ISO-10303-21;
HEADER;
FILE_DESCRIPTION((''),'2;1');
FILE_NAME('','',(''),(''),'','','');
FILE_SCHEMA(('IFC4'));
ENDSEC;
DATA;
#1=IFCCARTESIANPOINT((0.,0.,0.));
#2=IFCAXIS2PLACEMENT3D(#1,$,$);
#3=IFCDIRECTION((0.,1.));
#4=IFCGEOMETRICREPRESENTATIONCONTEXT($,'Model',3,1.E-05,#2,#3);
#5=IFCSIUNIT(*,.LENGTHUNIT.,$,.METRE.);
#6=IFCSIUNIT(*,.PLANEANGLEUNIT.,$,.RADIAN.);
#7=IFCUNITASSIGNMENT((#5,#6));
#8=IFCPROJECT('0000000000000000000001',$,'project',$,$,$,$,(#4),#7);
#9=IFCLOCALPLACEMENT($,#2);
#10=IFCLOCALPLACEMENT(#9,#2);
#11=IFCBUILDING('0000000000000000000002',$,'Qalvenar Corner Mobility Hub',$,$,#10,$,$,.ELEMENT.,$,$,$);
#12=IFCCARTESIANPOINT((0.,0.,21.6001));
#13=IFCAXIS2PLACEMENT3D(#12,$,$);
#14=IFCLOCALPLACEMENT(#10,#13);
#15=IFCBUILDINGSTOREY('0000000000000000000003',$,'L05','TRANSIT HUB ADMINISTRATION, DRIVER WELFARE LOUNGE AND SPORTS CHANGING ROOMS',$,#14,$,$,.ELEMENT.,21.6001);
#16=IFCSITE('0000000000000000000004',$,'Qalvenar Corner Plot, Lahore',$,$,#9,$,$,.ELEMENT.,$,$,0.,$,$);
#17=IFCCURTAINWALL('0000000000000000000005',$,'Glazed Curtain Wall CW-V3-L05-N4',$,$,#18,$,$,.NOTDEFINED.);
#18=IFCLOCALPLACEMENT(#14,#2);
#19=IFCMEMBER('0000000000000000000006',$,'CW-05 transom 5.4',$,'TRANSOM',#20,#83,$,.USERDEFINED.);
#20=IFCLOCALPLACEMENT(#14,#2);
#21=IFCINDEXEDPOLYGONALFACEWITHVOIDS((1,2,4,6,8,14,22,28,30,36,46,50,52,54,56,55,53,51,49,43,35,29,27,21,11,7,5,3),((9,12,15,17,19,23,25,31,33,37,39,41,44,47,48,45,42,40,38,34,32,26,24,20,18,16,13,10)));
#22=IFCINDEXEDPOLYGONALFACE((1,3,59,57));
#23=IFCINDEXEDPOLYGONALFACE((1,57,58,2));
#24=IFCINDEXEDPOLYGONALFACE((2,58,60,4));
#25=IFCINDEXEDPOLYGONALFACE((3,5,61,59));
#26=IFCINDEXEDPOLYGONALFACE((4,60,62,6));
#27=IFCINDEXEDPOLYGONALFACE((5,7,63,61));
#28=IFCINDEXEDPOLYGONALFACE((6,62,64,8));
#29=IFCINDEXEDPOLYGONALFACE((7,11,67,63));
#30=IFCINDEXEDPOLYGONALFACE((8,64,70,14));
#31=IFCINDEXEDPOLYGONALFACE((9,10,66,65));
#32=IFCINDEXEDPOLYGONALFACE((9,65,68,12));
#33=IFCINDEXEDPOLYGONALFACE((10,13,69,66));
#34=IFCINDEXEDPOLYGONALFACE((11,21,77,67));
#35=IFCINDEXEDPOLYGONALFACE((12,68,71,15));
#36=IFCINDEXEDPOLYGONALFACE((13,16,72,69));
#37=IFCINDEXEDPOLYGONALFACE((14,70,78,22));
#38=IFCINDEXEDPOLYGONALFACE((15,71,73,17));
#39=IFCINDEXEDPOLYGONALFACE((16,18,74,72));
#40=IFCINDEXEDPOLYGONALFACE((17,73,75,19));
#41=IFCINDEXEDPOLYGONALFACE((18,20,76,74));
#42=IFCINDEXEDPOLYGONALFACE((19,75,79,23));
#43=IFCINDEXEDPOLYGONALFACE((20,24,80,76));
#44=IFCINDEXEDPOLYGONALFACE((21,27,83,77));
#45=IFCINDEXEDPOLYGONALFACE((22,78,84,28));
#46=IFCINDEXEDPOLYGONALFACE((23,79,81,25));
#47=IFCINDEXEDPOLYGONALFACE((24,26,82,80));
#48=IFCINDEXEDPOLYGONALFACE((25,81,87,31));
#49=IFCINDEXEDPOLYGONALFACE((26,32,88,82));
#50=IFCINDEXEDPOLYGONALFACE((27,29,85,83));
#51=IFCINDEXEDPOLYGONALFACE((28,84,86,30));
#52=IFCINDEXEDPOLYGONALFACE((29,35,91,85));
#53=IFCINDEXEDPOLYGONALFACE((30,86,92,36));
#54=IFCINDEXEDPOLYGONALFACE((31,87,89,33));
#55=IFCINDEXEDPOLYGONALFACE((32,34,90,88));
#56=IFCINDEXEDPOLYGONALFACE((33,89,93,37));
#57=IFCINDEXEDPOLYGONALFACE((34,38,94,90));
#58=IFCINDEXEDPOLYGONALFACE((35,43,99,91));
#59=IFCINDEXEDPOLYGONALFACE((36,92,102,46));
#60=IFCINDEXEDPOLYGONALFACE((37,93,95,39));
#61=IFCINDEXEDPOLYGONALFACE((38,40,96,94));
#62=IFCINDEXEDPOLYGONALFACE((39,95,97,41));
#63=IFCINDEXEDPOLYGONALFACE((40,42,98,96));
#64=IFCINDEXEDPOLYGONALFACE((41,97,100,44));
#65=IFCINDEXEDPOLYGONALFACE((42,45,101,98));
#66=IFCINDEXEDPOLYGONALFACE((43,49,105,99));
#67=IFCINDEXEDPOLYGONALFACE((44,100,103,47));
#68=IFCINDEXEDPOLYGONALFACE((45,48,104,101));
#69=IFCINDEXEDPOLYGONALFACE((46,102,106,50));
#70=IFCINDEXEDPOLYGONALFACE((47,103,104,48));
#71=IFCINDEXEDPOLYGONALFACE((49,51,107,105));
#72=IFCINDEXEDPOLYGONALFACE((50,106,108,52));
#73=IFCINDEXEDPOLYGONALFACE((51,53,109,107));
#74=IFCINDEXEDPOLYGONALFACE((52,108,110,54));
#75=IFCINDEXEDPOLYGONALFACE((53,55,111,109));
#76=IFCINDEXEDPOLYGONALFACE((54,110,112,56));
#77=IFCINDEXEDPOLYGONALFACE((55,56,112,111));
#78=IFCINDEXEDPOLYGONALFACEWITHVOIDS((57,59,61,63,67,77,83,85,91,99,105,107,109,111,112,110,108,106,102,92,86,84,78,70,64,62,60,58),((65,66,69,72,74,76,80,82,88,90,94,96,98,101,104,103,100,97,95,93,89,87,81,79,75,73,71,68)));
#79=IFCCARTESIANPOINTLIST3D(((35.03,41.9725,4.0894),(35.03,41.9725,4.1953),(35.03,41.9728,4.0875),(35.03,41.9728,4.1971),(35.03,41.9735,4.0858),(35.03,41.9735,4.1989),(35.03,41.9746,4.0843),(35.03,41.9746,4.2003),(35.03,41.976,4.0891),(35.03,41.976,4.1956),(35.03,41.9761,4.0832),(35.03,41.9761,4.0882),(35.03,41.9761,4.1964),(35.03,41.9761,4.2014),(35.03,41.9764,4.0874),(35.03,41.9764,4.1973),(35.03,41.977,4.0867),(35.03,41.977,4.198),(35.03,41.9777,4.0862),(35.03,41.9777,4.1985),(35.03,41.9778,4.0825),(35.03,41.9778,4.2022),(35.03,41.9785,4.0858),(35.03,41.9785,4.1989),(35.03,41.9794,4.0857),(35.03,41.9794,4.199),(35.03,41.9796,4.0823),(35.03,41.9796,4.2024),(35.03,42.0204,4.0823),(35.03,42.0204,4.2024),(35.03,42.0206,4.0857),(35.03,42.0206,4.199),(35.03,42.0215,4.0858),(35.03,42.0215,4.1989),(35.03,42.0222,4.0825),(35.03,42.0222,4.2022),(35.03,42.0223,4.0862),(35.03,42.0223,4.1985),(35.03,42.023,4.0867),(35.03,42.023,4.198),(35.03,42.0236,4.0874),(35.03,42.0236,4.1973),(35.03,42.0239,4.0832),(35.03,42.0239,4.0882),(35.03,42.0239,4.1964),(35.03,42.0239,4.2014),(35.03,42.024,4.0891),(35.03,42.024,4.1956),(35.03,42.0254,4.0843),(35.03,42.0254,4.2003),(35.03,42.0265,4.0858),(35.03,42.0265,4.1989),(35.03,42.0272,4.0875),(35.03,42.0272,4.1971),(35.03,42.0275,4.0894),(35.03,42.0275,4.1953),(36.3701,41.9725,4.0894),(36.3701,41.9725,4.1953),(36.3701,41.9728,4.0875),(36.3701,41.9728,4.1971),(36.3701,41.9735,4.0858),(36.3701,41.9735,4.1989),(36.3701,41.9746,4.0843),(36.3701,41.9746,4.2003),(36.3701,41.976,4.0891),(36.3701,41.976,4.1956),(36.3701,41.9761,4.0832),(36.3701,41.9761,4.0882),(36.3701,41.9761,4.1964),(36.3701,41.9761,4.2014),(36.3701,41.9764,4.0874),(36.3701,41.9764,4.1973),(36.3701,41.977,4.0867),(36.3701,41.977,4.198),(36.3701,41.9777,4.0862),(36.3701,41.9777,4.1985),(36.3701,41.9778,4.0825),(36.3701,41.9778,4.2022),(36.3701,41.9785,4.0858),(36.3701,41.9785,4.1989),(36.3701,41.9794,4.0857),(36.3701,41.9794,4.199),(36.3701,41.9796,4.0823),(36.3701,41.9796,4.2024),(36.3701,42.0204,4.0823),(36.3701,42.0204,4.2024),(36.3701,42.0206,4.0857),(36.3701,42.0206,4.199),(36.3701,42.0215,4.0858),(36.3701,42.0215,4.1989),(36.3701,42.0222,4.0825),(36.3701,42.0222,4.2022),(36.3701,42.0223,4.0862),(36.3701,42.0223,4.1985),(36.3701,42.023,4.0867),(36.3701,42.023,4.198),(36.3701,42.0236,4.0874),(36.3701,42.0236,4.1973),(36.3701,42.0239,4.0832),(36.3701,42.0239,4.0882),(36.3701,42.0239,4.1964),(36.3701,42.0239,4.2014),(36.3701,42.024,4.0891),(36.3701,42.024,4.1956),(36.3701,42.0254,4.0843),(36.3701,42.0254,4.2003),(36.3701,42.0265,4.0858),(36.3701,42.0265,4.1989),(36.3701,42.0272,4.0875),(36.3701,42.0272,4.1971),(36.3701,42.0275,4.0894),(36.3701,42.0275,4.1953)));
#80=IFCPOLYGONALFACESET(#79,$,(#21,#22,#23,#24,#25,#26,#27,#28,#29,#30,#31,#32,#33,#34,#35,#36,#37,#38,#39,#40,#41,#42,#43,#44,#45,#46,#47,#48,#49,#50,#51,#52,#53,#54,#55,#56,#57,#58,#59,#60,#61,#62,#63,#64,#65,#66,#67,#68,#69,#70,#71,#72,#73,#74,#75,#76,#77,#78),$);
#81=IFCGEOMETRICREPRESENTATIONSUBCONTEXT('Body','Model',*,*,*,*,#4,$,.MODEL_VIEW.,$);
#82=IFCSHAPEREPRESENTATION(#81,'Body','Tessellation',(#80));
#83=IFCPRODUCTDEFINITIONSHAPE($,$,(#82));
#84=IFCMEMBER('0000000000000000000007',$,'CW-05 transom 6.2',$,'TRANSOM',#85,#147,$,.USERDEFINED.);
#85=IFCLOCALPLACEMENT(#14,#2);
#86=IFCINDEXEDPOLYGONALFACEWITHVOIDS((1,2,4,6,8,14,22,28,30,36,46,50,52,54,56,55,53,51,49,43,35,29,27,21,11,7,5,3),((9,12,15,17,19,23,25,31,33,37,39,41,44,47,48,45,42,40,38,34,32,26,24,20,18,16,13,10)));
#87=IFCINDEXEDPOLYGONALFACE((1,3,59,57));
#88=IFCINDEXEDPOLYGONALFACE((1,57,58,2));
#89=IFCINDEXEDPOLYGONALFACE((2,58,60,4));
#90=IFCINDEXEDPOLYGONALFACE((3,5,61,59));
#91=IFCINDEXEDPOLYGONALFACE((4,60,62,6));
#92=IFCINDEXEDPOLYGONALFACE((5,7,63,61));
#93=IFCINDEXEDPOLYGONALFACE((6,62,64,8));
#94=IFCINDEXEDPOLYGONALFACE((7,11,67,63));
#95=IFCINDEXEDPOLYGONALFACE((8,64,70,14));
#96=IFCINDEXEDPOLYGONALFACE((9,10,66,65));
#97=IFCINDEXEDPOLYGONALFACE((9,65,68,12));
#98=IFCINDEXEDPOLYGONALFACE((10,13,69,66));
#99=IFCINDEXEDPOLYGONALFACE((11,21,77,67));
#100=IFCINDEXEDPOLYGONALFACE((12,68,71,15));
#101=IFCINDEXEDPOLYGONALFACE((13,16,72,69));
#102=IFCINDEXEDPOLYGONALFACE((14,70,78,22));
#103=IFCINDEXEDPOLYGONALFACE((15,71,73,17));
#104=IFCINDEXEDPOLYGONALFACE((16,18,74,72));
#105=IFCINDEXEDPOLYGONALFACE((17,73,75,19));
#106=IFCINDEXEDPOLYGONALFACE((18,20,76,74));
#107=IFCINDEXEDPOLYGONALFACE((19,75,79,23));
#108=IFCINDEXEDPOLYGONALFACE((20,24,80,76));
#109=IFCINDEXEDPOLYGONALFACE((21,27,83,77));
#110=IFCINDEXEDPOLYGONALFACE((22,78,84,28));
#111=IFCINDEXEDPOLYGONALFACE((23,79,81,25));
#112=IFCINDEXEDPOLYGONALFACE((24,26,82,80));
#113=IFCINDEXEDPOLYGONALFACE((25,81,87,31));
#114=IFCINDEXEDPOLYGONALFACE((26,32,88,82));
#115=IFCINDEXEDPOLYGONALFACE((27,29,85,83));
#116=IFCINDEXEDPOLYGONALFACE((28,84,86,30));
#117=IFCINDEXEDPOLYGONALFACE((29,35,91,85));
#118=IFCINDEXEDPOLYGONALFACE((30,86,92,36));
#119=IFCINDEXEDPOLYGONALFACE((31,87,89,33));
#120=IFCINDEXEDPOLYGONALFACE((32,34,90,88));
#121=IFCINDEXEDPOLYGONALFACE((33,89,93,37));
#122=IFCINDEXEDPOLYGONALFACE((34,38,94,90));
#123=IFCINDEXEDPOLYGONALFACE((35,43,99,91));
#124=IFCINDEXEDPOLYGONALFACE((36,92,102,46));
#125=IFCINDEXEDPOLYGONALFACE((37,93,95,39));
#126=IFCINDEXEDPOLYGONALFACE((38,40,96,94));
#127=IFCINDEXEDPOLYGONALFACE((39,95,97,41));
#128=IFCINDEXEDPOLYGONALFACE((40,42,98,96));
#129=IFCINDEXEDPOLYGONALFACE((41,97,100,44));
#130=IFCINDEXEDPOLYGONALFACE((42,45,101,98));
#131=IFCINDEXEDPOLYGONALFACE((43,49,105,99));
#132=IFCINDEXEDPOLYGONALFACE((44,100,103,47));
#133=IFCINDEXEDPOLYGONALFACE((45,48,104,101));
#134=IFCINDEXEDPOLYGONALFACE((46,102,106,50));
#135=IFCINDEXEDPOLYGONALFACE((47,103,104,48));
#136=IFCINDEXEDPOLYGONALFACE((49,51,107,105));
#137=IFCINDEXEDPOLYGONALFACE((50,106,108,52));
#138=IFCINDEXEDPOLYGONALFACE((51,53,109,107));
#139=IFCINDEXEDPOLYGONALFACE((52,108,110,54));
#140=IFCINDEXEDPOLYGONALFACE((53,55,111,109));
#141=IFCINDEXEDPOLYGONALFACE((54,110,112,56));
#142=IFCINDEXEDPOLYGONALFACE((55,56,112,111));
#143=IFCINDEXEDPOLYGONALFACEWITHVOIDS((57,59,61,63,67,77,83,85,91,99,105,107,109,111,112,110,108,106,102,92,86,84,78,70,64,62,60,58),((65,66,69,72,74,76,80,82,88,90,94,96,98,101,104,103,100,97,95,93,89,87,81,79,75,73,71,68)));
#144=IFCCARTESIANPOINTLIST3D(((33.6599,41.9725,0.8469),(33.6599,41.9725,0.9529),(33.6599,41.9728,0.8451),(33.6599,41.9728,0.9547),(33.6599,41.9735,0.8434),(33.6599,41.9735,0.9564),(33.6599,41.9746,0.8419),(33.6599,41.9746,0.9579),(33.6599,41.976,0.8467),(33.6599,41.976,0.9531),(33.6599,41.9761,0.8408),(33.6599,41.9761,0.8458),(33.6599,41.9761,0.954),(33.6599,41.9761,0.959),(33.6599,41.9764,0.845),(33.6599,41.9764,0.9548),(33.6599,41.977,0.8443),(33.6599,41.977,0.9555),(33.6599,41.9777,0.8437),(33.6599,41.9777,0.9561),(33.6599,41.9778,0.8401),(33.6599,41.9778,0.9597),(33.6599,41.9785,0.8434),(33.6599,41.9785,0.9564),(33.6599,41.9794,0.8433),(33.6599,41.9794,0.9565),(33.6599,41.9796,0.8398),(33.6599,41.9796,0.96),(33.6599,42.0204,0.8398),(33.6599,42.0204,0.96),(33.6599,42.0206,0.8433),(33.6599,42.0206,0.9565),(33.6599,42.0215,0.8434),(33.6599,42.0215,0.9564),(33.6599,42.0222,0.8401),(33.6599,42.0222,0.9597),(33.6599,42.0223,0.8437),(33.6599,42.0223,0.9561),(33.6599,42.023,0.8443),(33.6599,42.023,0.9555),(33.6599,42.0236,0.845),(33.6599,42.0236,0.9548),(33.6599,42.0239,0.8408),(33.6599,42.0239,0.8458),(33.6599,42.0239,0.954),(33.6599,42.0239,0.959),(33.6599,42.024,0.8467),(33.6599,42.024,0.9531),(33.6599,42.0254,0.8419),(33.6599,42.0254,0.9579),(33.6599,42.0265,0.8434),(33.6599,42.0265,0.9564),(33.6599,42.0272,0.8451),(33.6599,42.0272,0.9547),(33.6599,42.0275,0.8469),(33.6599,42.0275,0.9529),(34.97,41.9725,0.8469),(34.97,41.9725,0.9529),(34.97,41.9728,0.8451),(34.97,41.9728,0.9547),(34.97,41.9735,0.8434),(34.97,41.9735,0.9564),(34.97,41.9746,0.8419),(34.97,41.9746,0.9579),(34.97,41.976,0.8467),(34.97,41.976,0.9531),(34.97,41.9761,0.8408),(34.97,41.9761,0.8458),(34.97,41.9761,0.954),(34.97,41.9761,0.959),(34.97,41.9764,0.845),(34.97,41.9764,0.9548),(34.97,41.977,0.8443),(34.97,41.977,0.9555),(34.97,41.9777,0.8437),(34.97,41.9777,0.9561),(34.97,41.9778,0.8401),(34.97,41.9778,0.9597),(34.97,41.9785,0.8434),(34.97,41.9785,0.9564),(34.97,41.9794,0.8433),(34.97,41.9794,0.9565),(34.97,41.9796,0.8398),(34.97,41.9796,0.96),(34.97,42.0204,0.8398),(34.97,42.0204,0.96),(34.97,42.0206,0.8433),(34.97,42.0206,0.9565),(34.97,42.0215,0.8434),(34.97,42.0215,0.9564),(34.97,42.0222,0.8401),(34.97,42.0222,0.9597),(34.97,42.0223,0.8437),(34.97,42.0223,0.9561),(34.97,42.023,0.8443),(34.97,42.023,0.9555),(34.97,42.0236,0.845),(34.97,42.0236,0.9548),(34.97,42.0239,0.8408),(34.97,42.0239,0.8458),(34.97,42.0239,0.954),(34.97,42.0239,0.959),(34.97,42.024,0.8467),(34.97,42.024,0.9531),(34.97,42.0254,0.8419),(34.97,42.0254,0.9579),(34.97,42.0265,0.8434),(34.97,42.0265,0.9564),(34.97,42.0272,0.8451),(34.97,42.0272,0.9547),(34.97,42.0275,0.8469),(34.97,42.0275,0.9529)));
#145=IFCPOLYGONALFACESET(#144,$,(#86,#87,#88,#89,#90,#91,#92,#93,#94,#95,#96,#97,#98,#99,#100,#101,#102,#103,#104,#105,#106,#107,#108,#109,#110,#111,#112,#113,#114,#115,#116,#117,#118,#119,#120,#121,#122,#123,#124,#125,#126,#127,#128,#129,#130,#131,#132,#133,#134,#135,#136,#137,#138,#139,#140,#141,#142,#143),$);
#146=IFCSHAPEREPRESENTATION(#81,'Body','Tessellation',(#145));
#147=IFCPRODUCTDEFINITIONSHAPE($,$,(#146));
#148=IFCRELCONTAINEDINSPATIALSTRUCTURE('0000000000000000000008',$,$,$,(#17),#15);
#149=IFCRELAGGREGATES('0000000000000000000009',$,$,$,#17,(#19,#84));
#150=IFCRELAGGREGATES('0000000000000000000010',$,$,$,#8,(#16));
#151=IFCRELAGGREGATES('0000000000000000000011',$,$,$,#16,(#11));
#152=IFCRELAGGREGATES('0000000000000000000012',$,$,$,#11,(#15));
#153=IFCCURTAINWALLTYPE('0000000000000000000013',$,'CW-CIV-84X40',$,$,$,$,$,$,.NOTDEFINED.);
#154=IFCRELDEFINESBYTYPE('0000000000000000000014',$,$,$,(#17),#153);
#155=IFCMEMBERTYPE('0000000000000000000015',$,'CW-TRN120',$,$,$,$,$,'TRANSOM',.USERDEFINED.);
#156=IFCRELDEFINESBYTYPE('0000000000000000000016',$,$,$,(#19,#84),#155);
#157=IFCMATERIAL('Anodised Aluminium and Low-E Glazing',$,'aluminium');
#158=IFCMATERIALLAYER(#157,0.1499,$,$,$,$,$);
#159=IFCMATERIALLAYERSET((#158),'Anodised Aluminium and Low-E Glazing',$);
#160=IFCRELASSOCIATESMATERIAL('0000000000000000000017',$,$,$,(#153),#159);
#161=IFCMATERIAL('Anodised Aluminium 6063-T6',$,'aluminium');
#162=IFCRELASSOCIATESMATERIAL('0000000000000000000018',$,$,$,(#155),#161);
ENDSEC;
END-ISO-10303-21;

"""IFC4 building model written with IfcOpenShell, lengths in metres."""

from ifc_helpers import new_model, si_unit, direction, frame, origin, origin_2d, place, context, subcontext, project, spatial, hollow_rectangle, extrude, material, layer, layer_set, material_profile, profile_set, type_object, element, aggregate, save


model = new_model("IFC4")

# Units and contexts
model_context = context("Model", 3, precision=1e-05, world=origin(), true_north=direction((0.0, 1.0)))
body_context = subcontext(model_context, "Body", "Model", "MODEL_VIEW")
ifc_project = project(units=[si_unit("LENGTHUNIT", "METRE"), si_unit("PLANEANGLEUNIT", "RADIAN")], contexts=[model_context])

# Site, building, storey
site_placement = place(None, origin())
site = spatial("IfcSite", under=ifc_project, at=site_placement, Name="Qalvenar Corner Plot, Lahore", CompositionType="ELEMENT", RefElevation=0.0)
building_placement = place(site_placement, origin())
building = spatial("IfcBuilding", under=site, at=building_placement, Name="Qalvenar Corner Mobility Hub", CompositionType="ELEMENT")
storey_placement = place(building_placement, frame((0.0, 0.0, 21.6001)))
storey = spatial("IfcBuildingStorey", under=building, at=storey_placement, Name="L05", Description="TRANSIT HUB ADMINISTRATION, DRIVER WELFARE LOUNGE AND SPORTS CHANGING ROOMS", CompositionType="ELEMENT", Elevation=21.6001)

# Curtain wall, members
ifc_material_1 = material(Name="Anodised Aluminium and Low-E Glazing", Category="aluminium")
ifc_layer_1 = layer(ifc_material_1, 0.1499)
ifc_layer_set_1 = layer_set([ifc_layer_1], Name="Anodised Aluminium and Low-E Glazing")
curtain_wall_type = type_object("IfcCurtainWallType", Name="CW-CIV-84X40", PredefinedType="NOTDEFINED", material=ifc_layer_set_1)
curtain_wall_placement = place(storey_placement, origin())
curtain_wall = element("IfcCurtainWall", 1, at=curtain_wall_placement, inside=storey, type_object=curtain_wall_type, Name="Glazed Curtain Wall CW-V3-L05-N4", PredefinedType="NOTDEFINED")
ifc_material_2 = material(Name="Anodised Aluminium 6063-T6", Category="aluminium")
ifc_material_profile_1 = material_profile(ifc_material_2, hollow_rectangle(XDim=0.0549, YDim=0.1201, WallThickness=0.0034, InnerFilletRadius=0.0034, OuterFilletRadius=0.0071, at=origin_2d()), Name="RHS120x55x3.5")
ifc_profile_set_1 = profile_set([ifc_material_profile_1], Name="Anodised Aluminium 6063-T6")
member_type_1 = type_object("IfcMemberType", Name="CW-TRN120", ElementType="TRANSOM", PredefinedType="USERDEFINED", material=ifc_profile_set_1)
member_1_placement = place(storey_placement, frame((36.3701, 42.0, 4.1423), z_axis=(-1.0, 0.0, 0.0), x_axis=(0.0, -1.0, 0.0)))
member_1 = element("IfcMember", 2, at=member_1_placement, type_object=member_type_1, Name="CW-05 transom 5.4", ObjectType="TRANSOM", PredefinedType="USERDEFINED", context=body_context, shape_type="SweptSolid", body=[
    extrude(hollow_rectangle(XDim=0.0549, YDim=0.1201, WallThickness=0.0034, InnerFilletRadius=0.0034, OuterFilletRadius=0.0071, at=origin_2d()), origin(), (0.0, 0.0, 1.0), 1.3401),
])
member_2_placement = place(storey_placement, frame((34.97, 42.0, 0.8999), z_axis=(-1.0, 0.0, 0.0), x_axis=(0.0, -1.0, 0.0)))
member_2 = element("IfcMember", 3, at=member_2_placement, type_object=member_type_1, Name="CW-05 transom 6.2", ObjectType="TRANSOM", PredefinedType="USERDEFINED", context=body_context, shape_type="SweptSolid", body=[
    extrude(hollow_rectangle(XDim=0.0549, YDim=0.1201, WallThickness=0.0034, InnerFilletRadius=0.0034, OuterFilletRadius=0.0071, at=origin_2d()), origin(), (0.0, 0.0, 1.0), 1.3101),
])
aggregate(curtain_wall, [member_1, member_2])

save(model, "model.ifc")
